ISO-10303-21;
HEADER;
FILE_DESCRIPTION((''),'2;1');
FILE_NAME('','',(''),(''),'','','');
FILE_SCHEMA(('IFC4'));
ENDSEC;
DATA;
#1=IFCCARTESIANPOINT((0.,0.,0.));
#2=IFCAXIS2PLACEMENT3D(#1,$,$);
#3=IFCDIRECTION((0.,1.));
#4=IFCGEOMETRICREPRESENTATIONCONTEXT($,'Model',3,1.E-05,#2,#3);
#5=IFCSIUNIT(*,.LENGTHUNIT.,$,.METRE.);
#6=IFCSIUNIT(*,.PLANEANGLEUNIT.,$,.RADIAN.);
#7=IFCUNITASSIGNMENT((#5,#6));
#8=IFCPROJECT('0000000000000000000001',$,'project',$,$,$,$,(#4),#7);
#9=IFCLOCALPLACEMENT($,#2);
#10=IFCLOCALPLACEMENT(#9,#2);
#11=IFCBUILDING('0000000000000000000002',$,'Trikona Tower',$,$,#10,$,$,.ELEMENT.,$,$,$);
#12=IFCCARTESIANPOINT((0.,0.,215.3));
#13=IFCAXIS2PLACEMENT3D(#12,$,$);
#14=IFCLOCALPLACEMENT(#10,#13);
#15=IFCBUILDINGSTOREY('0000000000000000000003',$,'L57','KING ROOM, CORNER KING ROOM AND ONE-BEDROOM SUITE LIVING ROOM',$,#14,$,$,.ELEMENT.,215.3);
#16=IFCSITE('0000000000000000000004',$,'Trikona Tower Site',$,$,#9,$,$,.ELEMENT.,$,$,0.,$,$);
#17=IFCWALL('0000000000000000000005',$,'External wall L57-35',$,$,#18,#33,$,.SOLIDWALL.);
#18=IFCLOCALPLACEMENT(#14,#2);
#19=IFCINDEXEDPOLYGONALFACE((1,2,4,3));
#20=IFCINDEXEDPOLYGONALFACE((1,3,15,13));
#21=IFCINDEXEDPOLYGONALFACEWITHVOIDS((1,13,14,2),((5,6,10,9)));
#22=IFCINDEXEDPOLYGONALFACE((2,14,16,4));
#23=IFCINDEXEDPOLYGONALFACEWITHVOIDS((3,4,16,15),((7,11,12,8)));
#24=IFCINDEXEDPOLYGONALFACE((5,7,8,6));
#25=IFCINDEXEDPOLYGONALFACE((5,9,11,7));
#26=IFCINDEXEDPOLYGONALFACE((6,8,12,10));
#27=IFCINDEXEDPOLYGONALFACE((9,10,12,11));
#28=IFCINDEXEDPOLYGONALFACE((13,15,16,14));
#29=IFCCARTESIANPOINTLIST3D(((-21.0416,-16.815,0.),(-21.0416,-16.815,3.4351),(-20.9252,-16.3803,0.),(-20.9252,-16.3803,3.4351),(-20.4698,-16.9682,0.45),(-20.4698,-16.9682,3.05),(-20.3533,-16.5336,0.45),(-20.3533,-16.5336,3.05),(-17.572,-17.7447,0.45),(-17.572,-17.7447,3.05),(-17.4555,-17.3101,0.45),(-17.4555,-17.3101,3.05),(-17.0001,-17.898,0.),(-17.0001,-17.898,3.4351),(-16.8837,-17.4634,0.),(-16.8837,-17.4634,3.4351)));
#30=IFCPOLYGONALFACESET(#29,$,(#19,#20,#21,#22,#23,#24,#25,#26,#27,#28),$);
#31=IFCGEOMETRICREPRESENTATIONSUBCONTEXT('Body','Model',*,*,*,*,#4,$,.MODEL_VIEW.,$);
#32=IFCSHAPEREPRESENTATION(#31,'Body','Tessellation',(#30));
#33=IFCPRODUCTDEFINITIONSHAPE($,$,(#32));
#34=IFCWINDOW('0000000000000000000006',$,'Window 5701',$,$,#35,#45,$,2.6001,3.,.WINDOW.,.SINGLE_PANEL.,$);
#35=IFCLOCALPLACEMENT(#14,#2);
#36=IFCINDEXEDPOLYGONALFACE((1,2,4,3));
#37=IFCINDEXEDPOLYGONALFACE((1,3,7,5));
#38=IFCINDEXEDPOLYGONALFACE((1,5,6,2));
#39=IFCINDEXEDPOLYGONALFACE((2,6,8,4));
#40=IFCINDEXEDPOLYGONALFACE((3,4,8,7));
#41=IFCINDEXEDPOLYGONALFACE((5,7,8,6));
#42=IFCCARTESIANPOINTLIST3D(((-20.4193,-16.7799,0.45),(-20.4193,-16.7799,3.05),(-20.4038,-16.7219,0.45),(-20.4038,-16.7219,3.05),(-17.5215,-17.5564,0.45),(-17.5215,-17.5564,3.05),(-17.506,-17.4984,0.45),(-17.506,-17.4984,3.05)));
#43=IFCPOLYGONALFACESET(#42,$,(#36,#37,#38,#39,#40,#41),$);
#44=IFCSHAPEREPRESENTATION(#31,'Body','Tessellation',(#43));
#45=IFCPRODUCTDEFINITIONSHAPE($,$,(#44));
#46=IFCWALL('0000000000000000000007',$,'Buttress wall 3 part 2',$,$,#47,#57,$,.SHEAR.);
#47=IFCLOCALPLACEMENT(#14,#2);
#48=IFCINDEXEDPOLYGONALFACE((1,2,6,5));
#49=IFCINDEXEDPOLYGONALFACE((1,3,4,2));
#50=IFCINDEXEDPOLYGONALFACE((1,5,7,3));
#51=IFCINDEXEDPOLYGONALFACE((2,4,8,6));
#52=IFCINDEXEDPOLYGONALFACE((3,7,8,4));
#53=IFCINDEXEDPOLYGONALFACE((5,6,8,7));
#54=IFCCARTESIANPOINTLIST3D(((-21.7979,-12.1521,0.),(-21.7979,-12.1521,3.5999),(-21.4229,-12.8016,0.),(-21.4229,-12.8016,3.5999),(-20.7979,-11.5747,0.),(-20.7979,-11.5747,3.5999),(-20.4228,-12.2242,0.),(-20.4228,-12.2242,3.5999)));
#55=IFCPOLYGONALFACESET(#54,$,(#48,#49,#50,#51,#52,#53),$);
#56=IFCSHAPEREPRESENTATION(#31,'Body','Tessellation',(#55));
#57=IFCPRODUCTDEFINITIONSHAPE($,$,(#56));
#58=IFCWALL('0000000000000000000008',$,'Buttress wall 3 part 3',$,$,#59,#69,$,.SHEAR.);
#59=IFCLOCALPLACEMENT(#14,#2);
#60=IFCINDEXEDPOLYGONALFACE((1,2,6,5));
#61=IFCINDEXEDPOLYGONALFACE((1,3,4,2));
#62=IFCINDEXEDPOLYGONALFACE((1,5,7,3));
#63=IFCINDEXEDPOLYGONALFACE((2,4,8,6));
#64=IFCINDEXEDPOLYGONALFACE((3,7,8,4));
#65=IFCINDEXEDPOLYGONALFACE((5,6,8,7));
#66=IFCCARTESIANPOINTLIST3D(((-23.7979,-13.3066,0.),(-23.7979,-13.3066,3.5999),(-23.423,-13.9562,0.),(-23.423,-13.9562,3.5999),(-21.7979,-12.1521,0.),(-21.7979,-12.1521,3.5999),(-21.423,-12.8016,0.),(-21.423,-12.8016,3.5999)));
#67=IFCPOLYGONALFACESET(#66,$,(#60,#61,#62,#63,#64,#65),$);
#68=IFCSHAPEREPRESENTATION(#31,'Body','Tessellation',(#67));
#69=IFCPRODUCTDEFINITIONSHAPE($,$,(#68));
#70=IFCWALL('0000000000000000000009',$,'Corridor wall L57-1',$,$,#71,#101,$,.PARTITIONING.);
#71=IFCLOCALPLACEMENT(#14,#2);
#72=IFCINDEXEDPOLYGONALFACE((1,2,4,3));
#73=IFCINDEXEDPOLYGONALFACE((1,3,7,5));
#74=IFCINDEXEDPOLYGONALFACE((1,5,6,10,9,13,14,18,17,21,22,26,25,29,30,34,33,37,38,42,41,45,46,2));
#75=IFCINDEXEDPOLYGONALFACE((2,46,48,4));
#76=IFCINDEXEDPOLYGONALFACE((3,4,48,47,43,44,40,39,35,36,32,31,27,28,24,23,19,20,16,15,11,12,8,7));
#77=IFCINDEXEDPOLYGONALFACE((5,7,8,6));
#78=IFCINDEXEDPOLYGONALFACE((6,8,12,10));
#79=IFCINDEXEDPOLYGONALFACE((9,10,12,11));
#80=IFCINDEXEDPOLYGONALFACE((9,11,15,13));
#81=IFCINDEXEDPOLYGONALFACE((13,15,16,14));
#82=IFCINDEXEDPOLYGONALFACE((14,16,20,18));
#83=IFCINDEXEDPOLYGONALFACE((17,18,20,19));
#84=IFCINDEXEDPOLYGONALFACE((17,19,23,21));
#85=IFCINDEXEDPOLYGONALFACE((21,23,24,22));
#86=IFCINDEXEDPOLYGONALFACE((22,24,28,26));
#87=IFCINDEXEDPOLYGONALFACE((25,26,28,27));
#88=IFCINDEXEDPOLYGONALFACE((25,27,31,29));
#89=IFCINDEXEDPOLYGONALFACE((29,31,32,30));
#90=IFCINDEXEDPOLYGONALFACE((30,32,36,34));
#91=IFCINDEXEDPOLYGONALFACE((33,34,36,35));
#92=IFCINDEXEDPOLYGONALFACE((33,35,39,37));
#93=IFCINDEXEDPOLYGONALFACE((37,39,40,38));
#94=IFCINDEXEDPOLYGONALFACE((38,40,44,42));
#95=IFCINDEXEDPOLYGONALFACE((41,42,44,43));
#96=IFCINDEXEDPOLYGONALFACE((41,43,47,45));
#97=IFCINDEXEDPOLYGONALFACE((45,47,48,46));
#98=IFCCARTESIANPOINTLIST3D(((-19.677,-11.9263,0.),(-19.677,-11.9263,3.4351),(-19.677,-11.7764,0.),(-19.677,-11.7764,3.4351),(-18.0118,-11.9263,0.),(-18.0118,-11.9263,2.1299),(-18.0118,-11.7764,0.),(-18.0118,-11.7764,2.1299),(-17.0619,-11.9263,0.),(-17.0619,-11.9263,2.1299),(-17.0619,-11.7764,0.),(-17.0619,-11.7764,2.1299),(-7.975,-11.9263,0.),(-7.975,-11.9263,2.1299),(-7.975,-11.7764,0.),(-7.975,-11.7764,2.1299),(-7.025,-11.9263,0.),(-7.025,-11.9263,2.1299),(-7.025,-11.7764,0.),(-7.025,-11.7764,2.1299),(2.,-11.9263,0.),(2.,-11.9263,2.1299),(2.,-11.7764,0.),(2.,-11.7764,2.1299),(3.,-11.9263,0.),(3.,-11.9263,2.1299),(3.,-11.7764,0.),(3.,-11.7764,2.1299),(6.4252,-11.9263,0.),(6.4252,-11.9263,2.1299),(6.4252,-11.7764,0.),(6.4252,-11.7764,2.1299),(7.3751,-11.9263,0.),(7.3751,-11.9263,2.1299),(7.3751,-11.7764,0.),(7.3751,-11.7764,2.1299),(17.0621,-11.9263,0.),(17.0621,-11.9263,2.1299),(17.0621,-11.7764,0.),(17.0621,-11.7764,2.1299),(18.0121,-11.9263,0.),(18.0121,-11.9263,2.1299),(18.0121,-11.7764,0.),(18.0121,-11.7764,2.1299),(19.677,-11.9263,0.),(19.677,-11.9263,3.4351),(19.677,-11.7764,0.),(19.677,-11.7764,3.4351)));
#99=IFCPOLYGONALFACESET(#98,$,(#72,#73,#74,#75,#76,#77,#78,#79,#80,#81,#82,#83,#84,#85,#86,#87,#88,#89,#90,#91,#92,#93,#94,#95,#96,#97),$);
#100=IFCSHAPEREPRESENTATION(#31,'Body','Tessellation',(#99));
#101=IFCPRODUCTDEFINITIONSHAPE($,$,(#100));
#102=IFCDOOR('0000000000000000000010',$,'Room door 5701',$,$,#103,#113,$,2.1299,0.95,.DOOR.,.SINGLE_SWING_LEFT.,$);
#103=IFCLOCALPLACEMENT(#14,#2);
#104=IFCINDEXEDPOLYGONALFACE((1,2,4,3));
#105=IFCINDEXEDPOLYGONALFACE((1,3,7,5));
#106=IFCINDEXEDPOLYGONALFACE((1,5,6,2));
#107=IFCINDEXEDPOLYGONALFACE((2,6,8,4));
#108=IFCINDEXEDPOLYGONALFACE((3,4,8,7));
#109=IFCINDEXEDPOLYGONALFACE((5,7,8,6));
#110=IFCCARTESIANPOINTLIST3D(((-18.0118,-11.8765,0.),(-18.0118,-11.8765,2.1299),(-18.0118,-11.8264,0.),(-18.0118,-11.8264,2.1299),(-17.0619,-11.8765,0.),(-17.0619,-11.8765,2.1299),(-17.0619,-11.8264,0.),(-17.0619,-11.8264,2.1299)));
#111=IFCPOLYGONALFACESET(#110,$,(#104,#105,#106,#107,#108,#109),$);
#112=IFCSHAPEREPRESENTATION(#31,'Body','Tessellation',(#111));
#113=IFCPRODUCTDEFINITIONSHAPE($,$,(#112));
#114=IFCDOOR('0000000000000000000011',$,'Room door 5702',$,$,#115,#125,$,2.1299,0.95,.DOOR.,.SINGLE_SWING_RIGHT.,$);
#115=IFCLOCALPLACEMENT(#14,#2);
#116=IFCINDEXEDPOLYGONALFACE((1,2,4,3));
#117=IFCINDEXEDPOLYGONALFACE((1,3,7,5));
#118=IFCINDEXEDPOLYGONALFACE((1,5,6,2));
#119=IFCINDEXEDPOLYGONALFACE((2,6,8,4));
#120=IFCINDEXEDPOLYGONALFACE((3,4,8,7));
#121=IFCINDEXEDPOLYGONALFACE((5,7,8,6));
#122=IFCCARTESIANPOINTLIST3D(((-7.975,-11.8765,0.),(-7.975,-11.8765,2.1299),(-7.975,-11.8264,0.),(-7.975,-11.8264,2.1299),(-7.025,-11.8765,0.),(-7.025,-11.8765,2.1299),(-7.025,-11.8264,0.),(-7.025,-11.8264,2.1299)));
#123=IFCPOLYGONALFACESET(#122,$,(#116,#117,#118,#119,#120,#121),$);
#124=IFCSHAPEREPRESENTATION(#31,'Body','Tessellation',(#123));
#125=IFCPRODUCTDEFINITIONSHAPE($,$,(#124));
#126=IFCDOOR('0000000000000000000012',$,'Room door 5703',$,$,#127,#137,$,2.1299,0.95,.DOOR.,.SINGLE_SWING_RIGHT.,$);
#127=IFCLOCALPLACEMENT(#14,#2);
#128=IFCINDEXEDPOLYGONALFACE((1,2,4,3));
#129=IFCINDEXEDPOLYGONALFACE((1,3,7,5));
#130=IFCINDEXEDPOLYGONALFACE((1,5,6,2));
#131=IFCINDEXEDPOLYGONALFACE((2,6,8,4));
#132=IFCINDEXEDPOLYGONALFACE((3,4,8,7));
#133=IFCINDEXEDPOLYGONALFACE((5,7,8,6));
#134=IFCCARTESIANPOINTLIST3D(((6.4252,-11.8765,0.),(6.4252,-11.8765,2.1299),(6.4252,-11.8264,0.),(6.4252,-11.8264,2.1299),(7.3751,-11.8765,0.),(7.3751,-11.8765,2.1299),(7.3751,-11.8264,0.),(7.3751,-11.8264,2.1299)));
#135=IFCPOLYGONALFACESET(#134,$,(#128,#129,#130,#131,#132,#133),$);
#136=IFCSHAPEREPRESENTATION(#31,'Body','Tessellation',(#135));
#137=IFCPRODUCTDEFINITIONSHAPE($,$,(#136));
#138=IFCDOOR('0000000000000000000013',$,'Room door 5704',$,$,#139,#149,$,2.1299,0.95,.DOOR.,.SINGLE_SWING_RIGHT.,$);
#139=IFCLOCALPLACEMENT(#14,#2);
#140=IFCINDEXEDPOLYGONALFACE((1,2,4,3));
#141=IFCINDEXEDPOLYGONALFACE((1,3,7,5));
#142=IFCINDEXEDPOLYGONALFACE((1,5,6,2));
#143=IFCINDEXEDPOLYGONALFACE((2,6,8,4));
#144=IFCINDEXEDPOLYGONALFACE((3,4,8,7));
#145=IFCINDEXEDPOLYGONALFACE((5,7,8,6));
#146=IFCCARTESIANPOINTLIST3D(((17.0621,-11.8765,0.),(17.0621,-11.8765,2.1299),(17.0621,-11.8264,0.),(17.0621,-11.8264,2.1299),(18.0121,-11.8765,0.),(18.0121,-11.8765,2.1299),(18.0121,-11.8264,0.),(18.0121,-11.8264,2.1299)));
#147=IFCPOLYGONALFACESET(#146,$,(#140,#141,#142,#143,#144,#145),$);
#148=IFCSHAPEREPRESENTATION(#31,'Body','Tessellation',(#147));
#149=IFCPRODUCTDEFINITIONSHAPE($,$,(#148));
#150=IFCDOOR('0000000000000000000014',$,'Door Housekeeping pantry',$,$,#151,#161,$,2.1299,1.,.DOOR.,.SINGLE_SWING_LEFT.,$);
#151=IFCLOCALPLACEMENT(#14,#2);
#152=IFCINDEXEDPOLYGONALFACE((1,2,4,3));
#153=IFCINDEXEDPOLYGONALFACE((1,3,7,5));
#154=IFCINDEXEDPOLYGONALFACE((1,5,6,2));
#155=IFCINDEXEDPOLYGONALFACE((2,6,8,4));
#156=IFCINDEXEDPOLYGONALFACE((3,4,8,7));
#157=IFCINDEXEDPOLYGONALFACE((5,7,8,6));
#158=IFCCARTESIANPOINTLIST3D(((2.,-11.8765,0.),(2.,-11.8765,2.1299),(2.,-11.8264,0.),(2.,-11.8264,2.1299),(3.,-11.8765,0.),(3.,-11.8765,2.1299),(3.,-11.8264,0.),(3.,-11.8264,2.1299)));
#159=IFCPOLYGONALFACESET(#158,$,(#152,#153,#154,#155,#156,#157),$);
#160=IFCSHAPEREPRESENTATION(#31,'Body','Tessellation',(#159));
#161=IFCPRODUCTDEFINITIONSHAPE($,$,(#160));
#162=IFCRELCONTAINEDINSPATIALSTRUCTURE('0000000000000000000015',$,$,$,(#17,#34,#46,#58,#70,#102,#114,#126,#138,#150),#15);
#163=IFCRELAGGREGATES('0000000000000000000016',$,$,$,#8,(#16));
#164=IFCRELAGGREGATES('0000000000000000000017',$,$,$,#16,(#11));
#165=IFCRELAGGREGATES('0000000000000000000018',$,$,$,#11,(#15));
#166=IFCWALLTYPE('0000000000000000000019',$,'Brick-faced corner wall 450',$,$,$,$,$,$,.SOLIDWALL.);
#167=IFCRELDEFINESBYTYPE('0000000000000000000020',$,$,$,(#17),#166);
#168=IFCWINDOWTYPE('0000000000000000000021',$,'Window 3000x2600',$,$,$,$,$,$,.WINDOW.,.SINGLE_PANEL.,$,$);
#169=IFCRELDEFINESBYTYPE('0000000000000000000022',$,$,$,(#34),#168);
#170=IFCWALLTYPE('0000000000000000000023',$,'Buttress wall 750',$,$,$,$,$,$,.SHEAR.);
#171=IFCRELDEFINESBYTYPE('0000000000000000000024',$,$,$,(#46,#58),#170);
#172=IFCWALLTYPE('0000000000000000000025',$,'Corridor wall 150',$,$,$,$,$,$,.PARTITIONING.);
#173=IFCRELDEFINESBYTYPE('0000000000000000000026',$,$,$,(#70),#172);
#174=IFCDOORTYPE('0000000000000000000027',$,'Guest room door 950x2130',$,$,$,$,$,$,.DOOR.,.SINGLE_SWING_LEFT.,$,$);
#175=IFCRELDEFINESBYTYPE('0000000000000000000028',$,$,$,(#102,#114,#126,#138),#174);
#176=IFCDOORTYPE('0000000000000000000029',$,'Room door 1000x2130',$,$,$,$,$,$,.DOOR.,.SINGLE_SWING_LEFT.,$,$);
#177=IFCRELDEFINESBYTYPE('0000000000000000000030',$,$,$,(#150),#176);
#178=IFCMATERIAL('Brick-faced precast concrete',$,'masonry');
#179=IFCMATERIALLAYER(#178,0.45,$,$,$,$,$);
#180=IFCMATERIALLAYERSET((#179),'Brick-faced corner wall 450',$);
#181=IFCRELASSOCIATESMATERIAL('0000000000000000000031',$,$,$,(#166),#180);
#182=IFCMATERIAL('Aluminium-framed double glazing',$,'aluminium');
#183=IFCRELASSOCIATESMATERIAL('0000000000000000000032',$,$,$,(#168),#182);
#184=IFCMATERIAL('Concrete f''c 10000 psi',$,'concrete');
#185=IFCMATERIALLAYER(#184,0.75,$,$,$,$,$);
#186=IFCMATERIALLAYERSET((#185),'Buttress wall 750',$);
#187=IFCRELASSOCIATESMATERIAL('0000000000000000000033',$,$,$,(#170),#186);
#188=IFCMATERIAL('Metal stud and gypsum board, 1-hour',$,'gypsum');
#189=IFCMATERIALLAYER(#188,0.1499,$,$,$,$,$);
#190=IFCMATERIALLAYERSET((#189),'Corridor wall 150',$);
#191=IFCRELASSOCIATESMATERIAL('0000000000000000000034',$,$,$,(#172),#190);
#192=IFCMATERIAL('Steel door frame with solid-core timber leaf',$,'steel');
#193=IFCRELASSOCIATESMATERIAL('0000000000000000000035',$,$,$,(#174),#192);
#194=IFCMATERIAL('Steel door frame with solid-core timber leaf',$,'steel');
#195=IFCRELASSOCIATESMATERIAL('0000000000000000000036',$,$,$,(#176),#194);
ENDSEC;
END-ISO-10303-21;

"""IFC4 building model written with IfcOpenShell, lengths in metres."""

from ifc_helpers import new_model, si_unit, direction, frame, frame_2d, origin, place, context, subcontext, project, spatial, rectangle, extrude, material, layer, layer_set, type_object, element, fill, save


model = new_model("IFC4")

# Units and contexts
model_context = context("Model", 3, precision=1e-05, world=origin(), true_north=direction((0.0, 1.0)))
body_context = subcontext(model_context, "Body", "Model", "MODEL_VIEW")
ifc_project = project(units=[si_unit("LENGTHUNIT", "METRE"), si_unit("PLANEANGLEUNIT", "RADIAN")], contexts=[model_context])

# Site, building, storey
site_placement = place(None, origin())
site = spatial("IfcSite", under=ifc_project, at=site_placement, Name="Trikona Tower Site", CompositionType="ELEMENT", RefElevation=0.0)
building_placement = place(site_placement, origin())
building = spatial("IfcBuilding", under=site, at=building_placement, Name="Trikona Tower", CompositionType="ELEMENT")
storey_placement = place(building_placement, frame((0.0, 0.0, 215.3)))
storey = spatial("IfcBuildingStorey", under=building, at=storey_placement, Name="L57", Description="KING ROOM, CORNER KING ROOM AND ONE-BEDROOM SUITE LIVING ROOM", CompositionType="ELEMENT", Elevation=215.3)

# Wall, opening, window
ifc_material_1 = material(Name="Brick-faced precast concrete", Category="masonry")
ifc_layer_1 = layer(ifc_material_1, 0.45)
ifc_layer_set_1 = layer_set([ifc_layer_1], Name="Brick-faced corner wall 450")
wall_type_1 = type_object("IfcWallType", Name="Brick-faced corner wall 450", PredefinedType="SOLIDWALL", material=ifc_layer_set_1)
wall_1_placement = place(storey_placement, frame((-20.9834, -16.5977, 0.0), z_axis=(0.0, 0.0, 1.0), x_axis=(0.96592, -0.258839, 0.0)))
wall_1 = element("IfcWall", 1, at=wall_1_placement, inside=storey, type_object=wall_type_1, Name="External wall L57-35", PredefinedType="SOLIDWALL", context=body_context, shape_type="SweptSolid", body=[
    extrude(rectangle(XDim=4.1841, YDim=0.45, at=frame_2d((2.092, 0.0))), origin(), (0.0, 0.0, 1.0), 3.4351),
])
opening_1_placement = place(wall_1_placement, frame((0.592, 0.0, 0.45)))
opening_1 = element("IfcOpeningElement", 2, at=opening_1_placement, cuts=wall_1, PredefinedType="OPENING", context=body_context, shape_type="SweptSolid", body=[
    extrude(rectangle(XDim=3.0, YDim=2.6001, at=frame_2d((1.5, 1.3))), frame((0.0, 0.2349, 0.0), z_axis=(0.0, -1.0, 0.0), x_axis=(1.0, 0.0, 0.0)), (0.0, 0.0, 1.0), 0.47),
])
ifc_material_2 = material(Name="Aluminium-framed double glazing", Category="aluminium")
window_type_1 = type_object("IfcWindowType", Name="Window 3000x2600", PartitioningType="SINGLE_PANEL", PredefinedType="WINDOW", material=ifc_material_2)
window_1_placement = place(opening_1_placement, origin())
window_1 = element("IfcWindow", 3, at=window_1_placement, inside=storey, type_object=window_type_1, Name="Window 5701", OverallHeight=2.6001, OverallWidth=3.0, PartitioningType="SINGLE_PANEL", PredefinedType="WINDOW", context=body_context, shape_type="SweptSolid", body=[
    extrude(rectangle(XDim=3.0, YDim=2.6001, at=frame_2d((1.5, 1.3))), frame((0.0, 0.03, 0.0), z_axis=(0.0, -1.0, 0.0), x_axis=(1.0, 0.0, 0.0)), (0.0, 0.0, 1.0), 0.0601),
])
fill(opening_1, window_1)

# Walls
ifc_material_3 = material(Name="Concrete f'c 10000 psi", Category="concrete")
ifc_layer_2 = layer(ifc_material_3, 0.75)
ifc_layer_set_2 = layer_set([ifc_layer_2], Name="Buttress wall 750")
wall_type_2 = type_object("IfcWallType", Name="Buttress wall 750", PredefinedType="SHEAR", material=ifc_layer_set_2)
wall_2_placement = place(storey_placement, frame((-20.6104, -11.8994, 0.0), z_axis=(0.0, 0.0, 1.0), x_axis=(-0.86601, -0.500027, 0.0)))
element("IfcWall", 4, at=wall_2_placement, inside=storey, type_object=wall_type_2, Name="Buttress wall 3 part 2", PredefinedType="SHEAR", context=body_context, shape_type="SweptSolid", body=[
    extrude(rectangle(XDim=1.1548, YDim=0.75, at=frame_2d((0.5774, 0.0))), origin(), (0.0, 0.0, 1.0), 3.5999),
])
wall_3_placement = place(storey_placement, frame((-21.6104, -12.4768, 0.0), z_axis=(0.0, 0.0, 1.0), x_axis=(-0.866055, -0.499948, 0.0)))
element("IfcWall", 5, at=wall_3_placement, inside=storey, type_object=wall_type_2, Name="Buttress wall 3 part 3", PredefinedType="SHEAR", context=body_context, shape_type="SweptSolid", body=[
    extrude(rectangle(XDim=2.3093, YDim=0.75, at=frame_2d((1.1548, 0.0))), origin(), (0.0, 0.0, 1.0), 3.5999),
])

# Wall, openings, doors
ifc_material_4 = material(Name="Metal stud and gypsum board, 1-hour", Category="gypsum")
ifc_layer_3 = layer(ifc_material_4, 0.1499)
ifc_layer_set_3 = layer_set([ifc_layer_3], Name="Corridor wall 150")
wall_type_3 = type_object("IfcWallType", Name="Corridor wall 150", PredefinedType="PARTITIONING", material=ifc_layer_set_3)
wall_4_placement = place(storey_placement, frame((-19.677, -11.8513, 0.0), z_axis=(0.0, 0.0, 1.0), x_axis=(1.0, 0.0, 0.0)))
wall_4 = element("IfcWall", 6, at=wall_4_placement, inside=storey, type_object=wall_type_3, Name="Corridor wall L57-1", PredefinedType="PARTITIONING", context=body_context, shape_type="SweptSolid", body=[
    extrude(rectangle(XDim=39.354, YDim=0.1499, at=frame_2d((19.677, 0.0))), origin(), (0.0, 0.0, 1.0), 3.4351),
])
opening_2_placement = place(wall_4_placement, frame((1.665, 0.0, 0.0)))
opening_2 = element("IfcOpeningElement", 7, at=opening_2_placement, cuts=wall_4, PredefinedType="OPENING", context=body_context, shape_type="SweptSolid", body=[
    extrude(rectangle(XDim=0.95, YDim=2.1299, at=frame_2d((0.4751, 1.0649))), frame((0.0, 0.085, 0.0), z_axis=(0.0, -1.0, 0.0), x_axis=(1.0, 0.0, 0.0)), (0.0, 0.0, 1.0), 0.1699),
])
opening_3_placement = place(wall_4_placement, frame((11.7019, 0.0, 0.0)))
opening_3 = element("IfcOpeningElement", 8, at=opening_3_placement, cuts=wall_4, PredefinedType="OPENING", context=body_context, shape_type="SweptSolid", body=[
    extrude(rectangle(XDim=0.95, YDim=2.1299, at=frame_2d((0.4751, 1.0649))), frame((0.0, 0.085, 0.0), z_axis=(0.0, -1.0, 0.0), x_axis=(1.0, 0.0, 0.0)), (0.0, 0.0, 1.0), 0.1699),
])
opening_4_placement = place(wall_4_placement, frame((21.677, 0.0, 0.0)))
opening_4 = element("IfcOpeningElement", 9, at=opening_4_placement, cuts=wall_4, PredefinedType="OPENING", context=body_context, shape_type="SweptSolid", body=[
    extrude(rectangle(XDim=1.0, YDim=2.1299, at=frame_2d((0.5, 1.0649))), frame((0.0, 0.085, 0.0), z_axis=(0.0, -1.0, 0.0), x_axis=(1.0, 0.0, 0.0)), (0.0, 0.0, 1.0), 0.1699),
])
opening_5_placement = place(wall_4_placement, frame((26.1021, 0.0, 0.0)))
opening_5 = element("IfcOpeningElement", 10, at=opening_5_placement, cuts=wall_4, PredefinedType="OPENING", context=body_context, shape_type="SweptSolid", body=[
    extrude(rectangle(XDim=0.95, YDim=2.1299, at=frame_2d((0.4751, 1.0649))), frame((0.0, 0.085, 0.0), z_axis=(0.0, -1.0, 0.0), x_axis=(1.0, 0.0, 0.0)), (0.0, 0.0, 1.0), 0.1699),
])
opening_6_placement = place(wall_4_placement, frame((36.739, 0.0, 0.0)))
opening_6 = element("IfcOpeningElement", 11, at=opening_6_placement, cuts=wall_4, PredefinedType="OPENING", context=body_context, shape_type="SweptSolid", body=[
    extrude(rectangle(XDim=0.95, YDim=2.1299, at=frame_2d((0.4751, 1.0649))), frame((0.0, 0.085, 0.0), z_axis=(0.0, -1.0, 0.0), x_axis=(1.0, 0.0, 0.0)), (0.0, 0.0, 1.0), 0.1699),
])
ifc_material_5 = material(Name="Steel door frame with solid-core timber leaf", Category="steel")
door_type_1 = type_object("IfcDoorType", Name="Guest room door 950x2130", OperationType="SINGLE_SWING_LEFT", PredefinedType="DOOR", material=ifc_material_5)
door_1_placement = place(opening_2_placement, origin())
door_1 = element("IfcDoor", 12, at=door_1_placement, inside=storey, type_object=door_type_1, Name="Room door 5701", OperationType="SINGLE_SWING_LEFT", OverallHeight=2.1299, OverallWidth=0.95, PredefinedType="DOOR", context=body_context, shape_type="SweptSolid", body=[
    extrude(rectangle(XDim=0.95, YDim=2.1299, at=frame_2d((0.4751, 1.0649))), frame((0.0, 0.0249, 0.0), z_axis=(0.0, -1.0, 0.0), x_axis=(1.0, 0.0, 0.0)), (0.0, 0.0, 1.0), 0.05),
])
fill(opening_2, door_1)
door_2_placement = place(opening_3_placement, origin())
door_2 = element("IfcDoor", 13, at=door_2_placement, inside=storey, type_object=door_type_1, Name="Room door 5702", OperationType="SINGLE_SWING_RIGHT", OverallHeight=2.1299, OverallWidth=0.95, PredefinedType="DOOR", context=body_context, shape_type="SweptSolid", body=[
    extrude(rectangle(XDim=0.95, YDim=2.1299, at=frame_2d((0.4751, 1.0649))), frame((0.0, 0.0249, 0.0), z_axis=(0.0, -1.0, 0.0), x_axis=(1.0, 0.0, 0.0)), (0.0, 0.0, 1.0), 0.05),
])
fill(opening_3, door_2)
door_3_placement = place(opening_5_placement, origin())
door_3 = element("IfcDoor", 14, at=door_3_placement, inside=storey, type_object=door_type_1, Name="Room door 5703", OperationType="SINGLE_SWING_RIGHT", OverallHeight=2.1299, OverallWidth=0.95, PredefinedType="DOOR", context=body_context, shape_type="SweptSolid", body=[
    extrude(rectangle(XDim=0.95, YDim=2.1299, at=frame_2d((0.4751, 1.0649))), frame((0.0, 0.0249, 0.0), z_axis=(0.0, -1.0, 0.0), x_axis=(1.0, 0.0, 0.0)), (0.0, 0.0, 1.0), 0.05),
])
fill(opening_5, door_3)
door_4_placement = place(opening_6_placement, origin())
door_4 = element("IfcDoor", 15, at=door_4_placement, inside=storey, type_object=door_type_1, Name="Room door 5704", OperationType="SINGLE_SWING_RIGHT", OverallHeight=2.1299, OverallWidth=0.95, PredefinedType="DOOR", context=body_context, shape_type="SweptSolid", body=[
    extrude(rectangle(XDim=0.95, YDim=2.1299, at=frame_2d((0.4751, 1.0649))), frame((0.0, 0.0249, 0.0), z_axis=(0.0, -1.0, 0.0), x_axis=(1.0, 0.0, 0.0)), (0.0, 0.0, 1.0), 0.05),
])
fill(opening_6, door_4)
ifc_material_6 = material(Name="Steel door frame with solid-core timber leaf", Category="steel")
door_type_2 = type_object("IfcDoorType", Name="Room door 1000x2130", OperationType="SINGLE_SWING_LEFT", PredefinedType="DOOR", material=ifc_material_6)
door_5_placement = place(opening_4_placement, origin())
door_5 = element("IfcDoor", 16, at=door_5_placement, inside=storey, type_object=door_type_2, Name="Door Housekeeping pantry", OperationType="SINGLE_SWING_LEFT", OverallHeight=2.1299, OverallWidth=1.0, PredefinedType="DOOR", context=body_context, shape_type="SweptSolid", body=[
    extrude(rectangle(XDim=1.0, YDim=2.1299, at=frame_2d((0.5, 1.0649))), frame((0.0, 0.0249, 0.0), z_axis=(0.0, -1.0, 0.0), x_axis=(1.0, 0.0, 0.0)), (0.0, 0.0, 1.0), 0.05),
])
fill(opening_4, door_5)

save(model, "model.ifc")
